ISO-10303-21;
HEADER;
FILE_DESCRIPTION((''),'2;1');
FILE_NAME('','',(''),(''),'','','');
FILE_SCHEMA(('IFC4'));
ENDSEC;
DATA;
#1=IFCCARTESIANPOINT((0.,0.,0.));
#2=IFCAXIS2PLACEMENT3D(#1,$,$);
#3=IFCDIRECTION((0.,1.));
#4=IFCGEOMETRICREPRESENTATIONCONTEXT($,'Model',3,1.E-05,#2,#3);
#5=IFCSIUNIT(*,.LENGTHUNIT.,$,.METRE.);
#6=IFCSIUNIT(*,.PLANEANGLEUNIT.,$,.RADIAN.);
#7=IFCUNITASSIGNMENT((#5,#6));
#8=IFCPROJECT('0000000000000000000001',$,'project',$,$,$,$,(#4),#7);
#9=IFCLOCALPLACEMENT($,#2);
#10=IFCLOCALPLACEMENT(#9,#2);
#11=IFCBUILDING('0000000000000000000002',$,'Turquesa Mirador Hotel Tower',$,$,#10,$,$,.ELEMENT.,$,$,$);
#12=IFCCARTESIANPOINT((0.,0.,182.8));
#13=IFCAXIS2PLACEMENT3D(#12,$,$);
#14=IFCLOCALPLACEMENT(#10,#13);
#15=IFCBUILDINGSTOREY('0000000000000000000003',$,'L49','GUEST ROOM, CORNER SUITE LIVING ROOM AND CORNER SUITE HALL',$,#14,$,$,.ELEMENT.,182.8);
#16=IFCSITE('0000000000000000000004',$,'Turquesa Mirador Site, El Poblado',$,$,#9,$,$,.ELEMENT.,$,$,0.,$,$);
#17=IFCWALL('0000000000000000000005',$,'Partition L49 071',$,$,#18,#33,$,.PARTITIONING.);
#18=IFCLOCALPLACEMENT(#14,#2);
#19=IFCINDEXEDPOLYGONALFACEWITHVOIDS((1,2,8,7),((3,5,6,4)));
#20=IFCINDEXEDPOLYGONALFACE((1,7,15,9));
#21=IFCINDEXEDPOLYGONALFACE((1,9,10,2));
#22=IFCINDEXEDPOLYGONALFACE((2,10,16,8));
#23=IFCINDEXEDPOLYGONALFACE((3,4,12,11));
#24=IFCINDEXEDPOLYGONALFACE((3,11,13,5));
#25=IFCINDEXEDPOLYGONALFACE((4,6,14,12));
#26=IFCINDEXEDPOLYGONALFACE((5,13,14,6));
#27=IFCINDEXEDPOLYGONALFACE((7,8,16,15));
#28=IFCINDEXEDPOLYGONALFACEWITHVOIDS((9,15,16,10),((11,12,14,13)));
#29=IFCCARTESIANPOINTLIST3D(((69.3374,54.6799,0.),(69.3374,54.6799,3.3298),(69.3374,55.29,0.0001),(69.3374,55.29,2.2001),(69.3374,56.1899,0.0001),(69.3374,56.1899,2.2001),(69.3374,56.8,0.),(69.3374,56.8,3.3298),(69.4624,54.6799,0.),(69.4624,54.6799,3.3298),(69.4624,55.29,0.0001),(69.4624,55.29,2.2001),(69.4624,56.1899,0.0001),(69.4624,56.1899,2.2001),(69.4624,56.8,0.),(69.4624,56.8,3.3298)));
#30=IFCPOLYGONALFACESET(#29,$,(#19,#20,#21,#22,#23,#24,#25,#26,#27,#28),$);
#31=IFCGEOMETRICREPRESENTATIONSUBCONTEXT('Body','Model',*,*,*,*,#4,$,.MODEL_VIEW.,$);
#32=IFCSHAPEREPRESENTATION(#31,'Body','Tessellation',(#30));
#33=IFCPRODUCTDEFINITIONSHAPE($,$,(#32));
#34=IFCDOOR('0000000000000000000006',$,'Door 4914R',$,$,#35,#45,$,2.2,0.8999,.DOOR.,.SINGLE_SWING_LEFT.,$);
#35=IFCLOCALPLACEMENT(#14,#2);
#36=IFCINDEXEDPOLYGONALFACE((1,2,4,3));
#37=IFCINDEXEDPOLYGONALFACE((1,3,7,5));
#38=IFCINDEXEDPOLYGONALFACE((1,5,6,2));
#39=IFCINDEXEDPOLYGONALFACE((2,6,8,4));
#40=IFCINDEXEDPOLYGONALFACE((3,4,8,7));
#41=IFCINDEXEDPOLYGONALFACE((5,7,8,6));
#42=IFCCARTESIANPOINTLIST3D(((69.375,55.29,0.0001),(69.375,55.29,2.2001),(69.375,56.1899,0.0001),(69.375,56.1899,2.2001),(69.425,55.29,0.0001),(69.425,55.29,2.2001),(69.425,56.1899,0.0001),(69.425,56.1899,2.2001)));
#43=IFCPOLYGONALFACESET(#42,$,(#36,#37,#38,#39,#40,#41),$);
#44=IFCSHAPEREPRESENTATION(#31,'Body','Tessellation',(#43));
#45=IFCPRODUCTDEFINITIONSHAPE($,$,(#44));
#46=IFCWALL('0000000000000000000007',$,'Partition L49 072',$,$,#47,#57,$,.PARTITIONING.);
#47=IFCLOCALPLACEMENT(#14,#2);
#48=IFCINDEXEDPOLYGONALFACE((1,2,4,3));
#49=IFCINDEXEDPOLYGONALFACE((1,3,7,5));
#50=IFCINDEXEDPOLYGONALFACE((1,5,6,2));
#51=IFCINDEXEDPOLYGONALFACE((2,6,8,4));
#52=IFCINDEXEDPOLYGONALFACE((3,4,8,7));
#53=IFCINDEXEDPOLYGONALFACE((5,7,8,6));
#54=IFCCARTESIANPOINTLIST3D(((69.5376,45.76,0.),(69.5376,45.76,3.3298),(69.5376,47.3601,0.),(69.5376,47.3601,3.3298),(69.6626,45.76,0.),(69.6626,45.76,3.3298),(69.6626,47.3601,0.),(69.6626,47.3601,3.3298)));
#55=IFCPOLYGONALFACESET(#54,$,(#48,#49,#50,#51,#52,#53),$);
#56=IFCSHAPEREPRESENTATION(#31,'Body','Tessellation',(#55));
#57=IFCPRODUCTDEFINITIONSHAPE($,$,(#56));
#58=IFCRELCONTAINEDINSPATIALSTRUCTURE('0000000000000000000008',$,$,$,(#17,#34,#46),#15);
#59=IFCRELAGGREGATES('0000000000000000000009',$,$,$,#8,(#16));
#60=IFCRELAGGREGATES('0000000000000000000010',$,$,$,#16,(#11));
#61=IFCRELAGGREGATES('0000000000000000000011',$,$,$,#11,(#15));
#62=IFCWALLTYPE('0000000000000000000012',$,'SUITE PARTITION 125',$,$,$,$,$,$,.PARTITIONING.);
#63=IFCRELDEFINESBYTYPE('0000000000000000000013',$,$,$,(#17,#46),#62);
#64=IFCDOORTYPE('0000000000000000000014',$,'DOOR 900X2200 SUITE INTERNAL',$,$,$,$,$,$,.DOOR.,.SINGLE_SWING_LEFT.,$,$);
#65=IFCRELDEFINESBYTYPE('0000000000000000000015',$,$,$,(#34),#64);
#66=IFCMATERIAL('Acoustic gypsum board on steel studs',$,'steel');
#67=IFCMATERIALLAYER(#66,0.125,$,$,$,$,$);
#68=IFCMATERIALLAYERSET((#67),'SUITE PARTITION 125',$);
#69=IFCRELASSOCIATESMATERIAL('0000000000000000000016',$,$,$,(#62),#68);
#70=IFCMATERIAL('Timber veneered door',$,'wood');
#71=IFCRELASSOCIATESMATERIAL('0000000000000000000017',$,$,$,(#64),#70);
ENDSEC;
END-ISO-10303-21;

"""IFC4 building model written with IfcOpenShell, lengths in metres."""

from ifc_helpers import new_model, si_unit, direction, frame, frame_2d, origin, place, context, subcontext, project, spatial, rectangle, extrude, material, layer, layer_set, type_object, element, fill, save


model = new_model("IFC4")

# Units and contexts
model_context = context("Model", 3, precision=1e-05, world=origin(), true_north=direction((0.0, 1.0)))
body_context = subcontext(model_context, "Body", "Model", "MODEL_VIEW")
ifc_project = project(units=[si_unit("LENGTHUNIT", "METRE"), si_unit("PLANEANGLEUNIT", "RADIAN")], contexts=[model_context])

# Site, building, storey
site_placement = place(None, origin())
site = spatial("IfcSite", under=ifc_project, at=site_placement, Name="Turquesa Mirador Site, El Poblado", CompositionType="ELEMENT", RefElevation=0.0)
building_placement = place(site_placement, origin())
building = spatial("IfcBuilding", under=site, at=building_placement, Name="Turquesa Mirador Hotel Tower", CompositionType="ELEMENT")
storey_placement = place(building_placement, frame((0.0, 0.0, 182.8)))
storey = spatial("IfcBuildingStorey", under=building, at=storey_placement, Name="L49", Description="GUEST ROOM, CORNER SUITE LIVING ROOM AND CORNER SUITE HALL", CompositionType="ELEMENT", Elevation=182.8)

# Wall, opening, door
ifc_material_1 = material(Name="Acoustic gypsum board on steel studs", Category="steel")
ifc_layer_1 = layer(ifc_material_1, 0.125)
ifc_layer_set_1 = layer_set([ifc_layer_1], Name="SUITE PARTITION 125")
wall_type_1 = type_object("IfcWallType", Name="SUITE PARTITION 125", PredefinedType="PARTITIONING", material=ifc_layer_set_1)
wall_1_placement = place(storey_placement, frame((69.3999, 54.6799, 0.0), z_axis=(0.0, 0.0, 1.0), x_axis=(0.0, 1.0, 0.0)))
wall_1 = element("IfcWall", 1, at=wall_1_placement, inside=storey, type_object=wall_type_1, Name="Partition L49 071", PredefinedType="PARTITIONING", context=body_context, shape_type="SweptSolid", body=[
    extrude(rectangle(XDim=2.1201, YDim=0.125, at=frame_2d((1.0601, 0.0))), origin(), (0.0, 0.0, 1.0), 3.3298),
])
opening_1_placement = place(wall_1_placement, frame((0.6101, 0.0, 0.0)))
opening_1 = element("IfcOpeningElement", 2, at=opening_1_placement, cuts=wall_1, PredefinedType="OPENING", context=body_context, shape_type="SweptSolid", body=[
    extrude(rectangle(XDim=0.8999, YDim=2.2, at=frame_2d((0.45, 1.1001))), frame((0.0, 0.0725, 0.0), z_axis=(0.0, -1.0, 0.0), x_axis=(1.0, 0.0, 0.0)), (0.0, 0.0, 1.0), 0.145),
])
ifc_material_2 = material(Name="Timber veneered door", Category="wood")
door_type_1 = type_object("IfcDoorType", Name="DOOR 900X2200 SUITE INTERNAL", OperationType="SINGLE_SWING_LEFT", PredefinedType="DOOR", material=ifc_material_2)
door_1_placement = place(opening_1_placement, origin())
door_1 = element("IfcDoor", 3, at=door_1_placement, inside=storey, type_object=door_type_1, Name="Door 4914R", OperationType="SINGLE_SWING_LEFT", OverallHeight=2.2, OverallWidth=0.8999, PredefinedType="DOOR", context=body_context, shape_type="SweptSolid", body=[
    extrude(rectangle(XDim=0.8999, YDim=2.2, at=frame_2d((0.45, 1.1001))), frame((0.0, 0.0249, 0.0), z_axis=(0.0, -1.0, 0.0), x_axis=(1.0, 0.0, 0.0)), (0.0, 0.0, 1.0), 0.05),
])
fill(opening_1, door_1)

# Wall
wall_2_placement = place(storey_placement, frame((69.6001, 45.76, 0.0), z_axis=(0.0, 0.0, 1.0), x_axis=(0.0, 1.0, 0.0)))
element("IfcWall", 4, at=wall_2_placement, inside=storey, type_object=wall_type_1, Name="Partition L49 072", PredefinedType="PARTITIONING", context=body_context, shape_type="SweptSolid", body=[
    extrude(rectangle(XDim=1.6001, YDim=0.125, at=frame_2d((0.8, 0.0))), origin(), (0.0, 0.0, 1.0), 3.3298),
])

save(model, "model.ifc")
